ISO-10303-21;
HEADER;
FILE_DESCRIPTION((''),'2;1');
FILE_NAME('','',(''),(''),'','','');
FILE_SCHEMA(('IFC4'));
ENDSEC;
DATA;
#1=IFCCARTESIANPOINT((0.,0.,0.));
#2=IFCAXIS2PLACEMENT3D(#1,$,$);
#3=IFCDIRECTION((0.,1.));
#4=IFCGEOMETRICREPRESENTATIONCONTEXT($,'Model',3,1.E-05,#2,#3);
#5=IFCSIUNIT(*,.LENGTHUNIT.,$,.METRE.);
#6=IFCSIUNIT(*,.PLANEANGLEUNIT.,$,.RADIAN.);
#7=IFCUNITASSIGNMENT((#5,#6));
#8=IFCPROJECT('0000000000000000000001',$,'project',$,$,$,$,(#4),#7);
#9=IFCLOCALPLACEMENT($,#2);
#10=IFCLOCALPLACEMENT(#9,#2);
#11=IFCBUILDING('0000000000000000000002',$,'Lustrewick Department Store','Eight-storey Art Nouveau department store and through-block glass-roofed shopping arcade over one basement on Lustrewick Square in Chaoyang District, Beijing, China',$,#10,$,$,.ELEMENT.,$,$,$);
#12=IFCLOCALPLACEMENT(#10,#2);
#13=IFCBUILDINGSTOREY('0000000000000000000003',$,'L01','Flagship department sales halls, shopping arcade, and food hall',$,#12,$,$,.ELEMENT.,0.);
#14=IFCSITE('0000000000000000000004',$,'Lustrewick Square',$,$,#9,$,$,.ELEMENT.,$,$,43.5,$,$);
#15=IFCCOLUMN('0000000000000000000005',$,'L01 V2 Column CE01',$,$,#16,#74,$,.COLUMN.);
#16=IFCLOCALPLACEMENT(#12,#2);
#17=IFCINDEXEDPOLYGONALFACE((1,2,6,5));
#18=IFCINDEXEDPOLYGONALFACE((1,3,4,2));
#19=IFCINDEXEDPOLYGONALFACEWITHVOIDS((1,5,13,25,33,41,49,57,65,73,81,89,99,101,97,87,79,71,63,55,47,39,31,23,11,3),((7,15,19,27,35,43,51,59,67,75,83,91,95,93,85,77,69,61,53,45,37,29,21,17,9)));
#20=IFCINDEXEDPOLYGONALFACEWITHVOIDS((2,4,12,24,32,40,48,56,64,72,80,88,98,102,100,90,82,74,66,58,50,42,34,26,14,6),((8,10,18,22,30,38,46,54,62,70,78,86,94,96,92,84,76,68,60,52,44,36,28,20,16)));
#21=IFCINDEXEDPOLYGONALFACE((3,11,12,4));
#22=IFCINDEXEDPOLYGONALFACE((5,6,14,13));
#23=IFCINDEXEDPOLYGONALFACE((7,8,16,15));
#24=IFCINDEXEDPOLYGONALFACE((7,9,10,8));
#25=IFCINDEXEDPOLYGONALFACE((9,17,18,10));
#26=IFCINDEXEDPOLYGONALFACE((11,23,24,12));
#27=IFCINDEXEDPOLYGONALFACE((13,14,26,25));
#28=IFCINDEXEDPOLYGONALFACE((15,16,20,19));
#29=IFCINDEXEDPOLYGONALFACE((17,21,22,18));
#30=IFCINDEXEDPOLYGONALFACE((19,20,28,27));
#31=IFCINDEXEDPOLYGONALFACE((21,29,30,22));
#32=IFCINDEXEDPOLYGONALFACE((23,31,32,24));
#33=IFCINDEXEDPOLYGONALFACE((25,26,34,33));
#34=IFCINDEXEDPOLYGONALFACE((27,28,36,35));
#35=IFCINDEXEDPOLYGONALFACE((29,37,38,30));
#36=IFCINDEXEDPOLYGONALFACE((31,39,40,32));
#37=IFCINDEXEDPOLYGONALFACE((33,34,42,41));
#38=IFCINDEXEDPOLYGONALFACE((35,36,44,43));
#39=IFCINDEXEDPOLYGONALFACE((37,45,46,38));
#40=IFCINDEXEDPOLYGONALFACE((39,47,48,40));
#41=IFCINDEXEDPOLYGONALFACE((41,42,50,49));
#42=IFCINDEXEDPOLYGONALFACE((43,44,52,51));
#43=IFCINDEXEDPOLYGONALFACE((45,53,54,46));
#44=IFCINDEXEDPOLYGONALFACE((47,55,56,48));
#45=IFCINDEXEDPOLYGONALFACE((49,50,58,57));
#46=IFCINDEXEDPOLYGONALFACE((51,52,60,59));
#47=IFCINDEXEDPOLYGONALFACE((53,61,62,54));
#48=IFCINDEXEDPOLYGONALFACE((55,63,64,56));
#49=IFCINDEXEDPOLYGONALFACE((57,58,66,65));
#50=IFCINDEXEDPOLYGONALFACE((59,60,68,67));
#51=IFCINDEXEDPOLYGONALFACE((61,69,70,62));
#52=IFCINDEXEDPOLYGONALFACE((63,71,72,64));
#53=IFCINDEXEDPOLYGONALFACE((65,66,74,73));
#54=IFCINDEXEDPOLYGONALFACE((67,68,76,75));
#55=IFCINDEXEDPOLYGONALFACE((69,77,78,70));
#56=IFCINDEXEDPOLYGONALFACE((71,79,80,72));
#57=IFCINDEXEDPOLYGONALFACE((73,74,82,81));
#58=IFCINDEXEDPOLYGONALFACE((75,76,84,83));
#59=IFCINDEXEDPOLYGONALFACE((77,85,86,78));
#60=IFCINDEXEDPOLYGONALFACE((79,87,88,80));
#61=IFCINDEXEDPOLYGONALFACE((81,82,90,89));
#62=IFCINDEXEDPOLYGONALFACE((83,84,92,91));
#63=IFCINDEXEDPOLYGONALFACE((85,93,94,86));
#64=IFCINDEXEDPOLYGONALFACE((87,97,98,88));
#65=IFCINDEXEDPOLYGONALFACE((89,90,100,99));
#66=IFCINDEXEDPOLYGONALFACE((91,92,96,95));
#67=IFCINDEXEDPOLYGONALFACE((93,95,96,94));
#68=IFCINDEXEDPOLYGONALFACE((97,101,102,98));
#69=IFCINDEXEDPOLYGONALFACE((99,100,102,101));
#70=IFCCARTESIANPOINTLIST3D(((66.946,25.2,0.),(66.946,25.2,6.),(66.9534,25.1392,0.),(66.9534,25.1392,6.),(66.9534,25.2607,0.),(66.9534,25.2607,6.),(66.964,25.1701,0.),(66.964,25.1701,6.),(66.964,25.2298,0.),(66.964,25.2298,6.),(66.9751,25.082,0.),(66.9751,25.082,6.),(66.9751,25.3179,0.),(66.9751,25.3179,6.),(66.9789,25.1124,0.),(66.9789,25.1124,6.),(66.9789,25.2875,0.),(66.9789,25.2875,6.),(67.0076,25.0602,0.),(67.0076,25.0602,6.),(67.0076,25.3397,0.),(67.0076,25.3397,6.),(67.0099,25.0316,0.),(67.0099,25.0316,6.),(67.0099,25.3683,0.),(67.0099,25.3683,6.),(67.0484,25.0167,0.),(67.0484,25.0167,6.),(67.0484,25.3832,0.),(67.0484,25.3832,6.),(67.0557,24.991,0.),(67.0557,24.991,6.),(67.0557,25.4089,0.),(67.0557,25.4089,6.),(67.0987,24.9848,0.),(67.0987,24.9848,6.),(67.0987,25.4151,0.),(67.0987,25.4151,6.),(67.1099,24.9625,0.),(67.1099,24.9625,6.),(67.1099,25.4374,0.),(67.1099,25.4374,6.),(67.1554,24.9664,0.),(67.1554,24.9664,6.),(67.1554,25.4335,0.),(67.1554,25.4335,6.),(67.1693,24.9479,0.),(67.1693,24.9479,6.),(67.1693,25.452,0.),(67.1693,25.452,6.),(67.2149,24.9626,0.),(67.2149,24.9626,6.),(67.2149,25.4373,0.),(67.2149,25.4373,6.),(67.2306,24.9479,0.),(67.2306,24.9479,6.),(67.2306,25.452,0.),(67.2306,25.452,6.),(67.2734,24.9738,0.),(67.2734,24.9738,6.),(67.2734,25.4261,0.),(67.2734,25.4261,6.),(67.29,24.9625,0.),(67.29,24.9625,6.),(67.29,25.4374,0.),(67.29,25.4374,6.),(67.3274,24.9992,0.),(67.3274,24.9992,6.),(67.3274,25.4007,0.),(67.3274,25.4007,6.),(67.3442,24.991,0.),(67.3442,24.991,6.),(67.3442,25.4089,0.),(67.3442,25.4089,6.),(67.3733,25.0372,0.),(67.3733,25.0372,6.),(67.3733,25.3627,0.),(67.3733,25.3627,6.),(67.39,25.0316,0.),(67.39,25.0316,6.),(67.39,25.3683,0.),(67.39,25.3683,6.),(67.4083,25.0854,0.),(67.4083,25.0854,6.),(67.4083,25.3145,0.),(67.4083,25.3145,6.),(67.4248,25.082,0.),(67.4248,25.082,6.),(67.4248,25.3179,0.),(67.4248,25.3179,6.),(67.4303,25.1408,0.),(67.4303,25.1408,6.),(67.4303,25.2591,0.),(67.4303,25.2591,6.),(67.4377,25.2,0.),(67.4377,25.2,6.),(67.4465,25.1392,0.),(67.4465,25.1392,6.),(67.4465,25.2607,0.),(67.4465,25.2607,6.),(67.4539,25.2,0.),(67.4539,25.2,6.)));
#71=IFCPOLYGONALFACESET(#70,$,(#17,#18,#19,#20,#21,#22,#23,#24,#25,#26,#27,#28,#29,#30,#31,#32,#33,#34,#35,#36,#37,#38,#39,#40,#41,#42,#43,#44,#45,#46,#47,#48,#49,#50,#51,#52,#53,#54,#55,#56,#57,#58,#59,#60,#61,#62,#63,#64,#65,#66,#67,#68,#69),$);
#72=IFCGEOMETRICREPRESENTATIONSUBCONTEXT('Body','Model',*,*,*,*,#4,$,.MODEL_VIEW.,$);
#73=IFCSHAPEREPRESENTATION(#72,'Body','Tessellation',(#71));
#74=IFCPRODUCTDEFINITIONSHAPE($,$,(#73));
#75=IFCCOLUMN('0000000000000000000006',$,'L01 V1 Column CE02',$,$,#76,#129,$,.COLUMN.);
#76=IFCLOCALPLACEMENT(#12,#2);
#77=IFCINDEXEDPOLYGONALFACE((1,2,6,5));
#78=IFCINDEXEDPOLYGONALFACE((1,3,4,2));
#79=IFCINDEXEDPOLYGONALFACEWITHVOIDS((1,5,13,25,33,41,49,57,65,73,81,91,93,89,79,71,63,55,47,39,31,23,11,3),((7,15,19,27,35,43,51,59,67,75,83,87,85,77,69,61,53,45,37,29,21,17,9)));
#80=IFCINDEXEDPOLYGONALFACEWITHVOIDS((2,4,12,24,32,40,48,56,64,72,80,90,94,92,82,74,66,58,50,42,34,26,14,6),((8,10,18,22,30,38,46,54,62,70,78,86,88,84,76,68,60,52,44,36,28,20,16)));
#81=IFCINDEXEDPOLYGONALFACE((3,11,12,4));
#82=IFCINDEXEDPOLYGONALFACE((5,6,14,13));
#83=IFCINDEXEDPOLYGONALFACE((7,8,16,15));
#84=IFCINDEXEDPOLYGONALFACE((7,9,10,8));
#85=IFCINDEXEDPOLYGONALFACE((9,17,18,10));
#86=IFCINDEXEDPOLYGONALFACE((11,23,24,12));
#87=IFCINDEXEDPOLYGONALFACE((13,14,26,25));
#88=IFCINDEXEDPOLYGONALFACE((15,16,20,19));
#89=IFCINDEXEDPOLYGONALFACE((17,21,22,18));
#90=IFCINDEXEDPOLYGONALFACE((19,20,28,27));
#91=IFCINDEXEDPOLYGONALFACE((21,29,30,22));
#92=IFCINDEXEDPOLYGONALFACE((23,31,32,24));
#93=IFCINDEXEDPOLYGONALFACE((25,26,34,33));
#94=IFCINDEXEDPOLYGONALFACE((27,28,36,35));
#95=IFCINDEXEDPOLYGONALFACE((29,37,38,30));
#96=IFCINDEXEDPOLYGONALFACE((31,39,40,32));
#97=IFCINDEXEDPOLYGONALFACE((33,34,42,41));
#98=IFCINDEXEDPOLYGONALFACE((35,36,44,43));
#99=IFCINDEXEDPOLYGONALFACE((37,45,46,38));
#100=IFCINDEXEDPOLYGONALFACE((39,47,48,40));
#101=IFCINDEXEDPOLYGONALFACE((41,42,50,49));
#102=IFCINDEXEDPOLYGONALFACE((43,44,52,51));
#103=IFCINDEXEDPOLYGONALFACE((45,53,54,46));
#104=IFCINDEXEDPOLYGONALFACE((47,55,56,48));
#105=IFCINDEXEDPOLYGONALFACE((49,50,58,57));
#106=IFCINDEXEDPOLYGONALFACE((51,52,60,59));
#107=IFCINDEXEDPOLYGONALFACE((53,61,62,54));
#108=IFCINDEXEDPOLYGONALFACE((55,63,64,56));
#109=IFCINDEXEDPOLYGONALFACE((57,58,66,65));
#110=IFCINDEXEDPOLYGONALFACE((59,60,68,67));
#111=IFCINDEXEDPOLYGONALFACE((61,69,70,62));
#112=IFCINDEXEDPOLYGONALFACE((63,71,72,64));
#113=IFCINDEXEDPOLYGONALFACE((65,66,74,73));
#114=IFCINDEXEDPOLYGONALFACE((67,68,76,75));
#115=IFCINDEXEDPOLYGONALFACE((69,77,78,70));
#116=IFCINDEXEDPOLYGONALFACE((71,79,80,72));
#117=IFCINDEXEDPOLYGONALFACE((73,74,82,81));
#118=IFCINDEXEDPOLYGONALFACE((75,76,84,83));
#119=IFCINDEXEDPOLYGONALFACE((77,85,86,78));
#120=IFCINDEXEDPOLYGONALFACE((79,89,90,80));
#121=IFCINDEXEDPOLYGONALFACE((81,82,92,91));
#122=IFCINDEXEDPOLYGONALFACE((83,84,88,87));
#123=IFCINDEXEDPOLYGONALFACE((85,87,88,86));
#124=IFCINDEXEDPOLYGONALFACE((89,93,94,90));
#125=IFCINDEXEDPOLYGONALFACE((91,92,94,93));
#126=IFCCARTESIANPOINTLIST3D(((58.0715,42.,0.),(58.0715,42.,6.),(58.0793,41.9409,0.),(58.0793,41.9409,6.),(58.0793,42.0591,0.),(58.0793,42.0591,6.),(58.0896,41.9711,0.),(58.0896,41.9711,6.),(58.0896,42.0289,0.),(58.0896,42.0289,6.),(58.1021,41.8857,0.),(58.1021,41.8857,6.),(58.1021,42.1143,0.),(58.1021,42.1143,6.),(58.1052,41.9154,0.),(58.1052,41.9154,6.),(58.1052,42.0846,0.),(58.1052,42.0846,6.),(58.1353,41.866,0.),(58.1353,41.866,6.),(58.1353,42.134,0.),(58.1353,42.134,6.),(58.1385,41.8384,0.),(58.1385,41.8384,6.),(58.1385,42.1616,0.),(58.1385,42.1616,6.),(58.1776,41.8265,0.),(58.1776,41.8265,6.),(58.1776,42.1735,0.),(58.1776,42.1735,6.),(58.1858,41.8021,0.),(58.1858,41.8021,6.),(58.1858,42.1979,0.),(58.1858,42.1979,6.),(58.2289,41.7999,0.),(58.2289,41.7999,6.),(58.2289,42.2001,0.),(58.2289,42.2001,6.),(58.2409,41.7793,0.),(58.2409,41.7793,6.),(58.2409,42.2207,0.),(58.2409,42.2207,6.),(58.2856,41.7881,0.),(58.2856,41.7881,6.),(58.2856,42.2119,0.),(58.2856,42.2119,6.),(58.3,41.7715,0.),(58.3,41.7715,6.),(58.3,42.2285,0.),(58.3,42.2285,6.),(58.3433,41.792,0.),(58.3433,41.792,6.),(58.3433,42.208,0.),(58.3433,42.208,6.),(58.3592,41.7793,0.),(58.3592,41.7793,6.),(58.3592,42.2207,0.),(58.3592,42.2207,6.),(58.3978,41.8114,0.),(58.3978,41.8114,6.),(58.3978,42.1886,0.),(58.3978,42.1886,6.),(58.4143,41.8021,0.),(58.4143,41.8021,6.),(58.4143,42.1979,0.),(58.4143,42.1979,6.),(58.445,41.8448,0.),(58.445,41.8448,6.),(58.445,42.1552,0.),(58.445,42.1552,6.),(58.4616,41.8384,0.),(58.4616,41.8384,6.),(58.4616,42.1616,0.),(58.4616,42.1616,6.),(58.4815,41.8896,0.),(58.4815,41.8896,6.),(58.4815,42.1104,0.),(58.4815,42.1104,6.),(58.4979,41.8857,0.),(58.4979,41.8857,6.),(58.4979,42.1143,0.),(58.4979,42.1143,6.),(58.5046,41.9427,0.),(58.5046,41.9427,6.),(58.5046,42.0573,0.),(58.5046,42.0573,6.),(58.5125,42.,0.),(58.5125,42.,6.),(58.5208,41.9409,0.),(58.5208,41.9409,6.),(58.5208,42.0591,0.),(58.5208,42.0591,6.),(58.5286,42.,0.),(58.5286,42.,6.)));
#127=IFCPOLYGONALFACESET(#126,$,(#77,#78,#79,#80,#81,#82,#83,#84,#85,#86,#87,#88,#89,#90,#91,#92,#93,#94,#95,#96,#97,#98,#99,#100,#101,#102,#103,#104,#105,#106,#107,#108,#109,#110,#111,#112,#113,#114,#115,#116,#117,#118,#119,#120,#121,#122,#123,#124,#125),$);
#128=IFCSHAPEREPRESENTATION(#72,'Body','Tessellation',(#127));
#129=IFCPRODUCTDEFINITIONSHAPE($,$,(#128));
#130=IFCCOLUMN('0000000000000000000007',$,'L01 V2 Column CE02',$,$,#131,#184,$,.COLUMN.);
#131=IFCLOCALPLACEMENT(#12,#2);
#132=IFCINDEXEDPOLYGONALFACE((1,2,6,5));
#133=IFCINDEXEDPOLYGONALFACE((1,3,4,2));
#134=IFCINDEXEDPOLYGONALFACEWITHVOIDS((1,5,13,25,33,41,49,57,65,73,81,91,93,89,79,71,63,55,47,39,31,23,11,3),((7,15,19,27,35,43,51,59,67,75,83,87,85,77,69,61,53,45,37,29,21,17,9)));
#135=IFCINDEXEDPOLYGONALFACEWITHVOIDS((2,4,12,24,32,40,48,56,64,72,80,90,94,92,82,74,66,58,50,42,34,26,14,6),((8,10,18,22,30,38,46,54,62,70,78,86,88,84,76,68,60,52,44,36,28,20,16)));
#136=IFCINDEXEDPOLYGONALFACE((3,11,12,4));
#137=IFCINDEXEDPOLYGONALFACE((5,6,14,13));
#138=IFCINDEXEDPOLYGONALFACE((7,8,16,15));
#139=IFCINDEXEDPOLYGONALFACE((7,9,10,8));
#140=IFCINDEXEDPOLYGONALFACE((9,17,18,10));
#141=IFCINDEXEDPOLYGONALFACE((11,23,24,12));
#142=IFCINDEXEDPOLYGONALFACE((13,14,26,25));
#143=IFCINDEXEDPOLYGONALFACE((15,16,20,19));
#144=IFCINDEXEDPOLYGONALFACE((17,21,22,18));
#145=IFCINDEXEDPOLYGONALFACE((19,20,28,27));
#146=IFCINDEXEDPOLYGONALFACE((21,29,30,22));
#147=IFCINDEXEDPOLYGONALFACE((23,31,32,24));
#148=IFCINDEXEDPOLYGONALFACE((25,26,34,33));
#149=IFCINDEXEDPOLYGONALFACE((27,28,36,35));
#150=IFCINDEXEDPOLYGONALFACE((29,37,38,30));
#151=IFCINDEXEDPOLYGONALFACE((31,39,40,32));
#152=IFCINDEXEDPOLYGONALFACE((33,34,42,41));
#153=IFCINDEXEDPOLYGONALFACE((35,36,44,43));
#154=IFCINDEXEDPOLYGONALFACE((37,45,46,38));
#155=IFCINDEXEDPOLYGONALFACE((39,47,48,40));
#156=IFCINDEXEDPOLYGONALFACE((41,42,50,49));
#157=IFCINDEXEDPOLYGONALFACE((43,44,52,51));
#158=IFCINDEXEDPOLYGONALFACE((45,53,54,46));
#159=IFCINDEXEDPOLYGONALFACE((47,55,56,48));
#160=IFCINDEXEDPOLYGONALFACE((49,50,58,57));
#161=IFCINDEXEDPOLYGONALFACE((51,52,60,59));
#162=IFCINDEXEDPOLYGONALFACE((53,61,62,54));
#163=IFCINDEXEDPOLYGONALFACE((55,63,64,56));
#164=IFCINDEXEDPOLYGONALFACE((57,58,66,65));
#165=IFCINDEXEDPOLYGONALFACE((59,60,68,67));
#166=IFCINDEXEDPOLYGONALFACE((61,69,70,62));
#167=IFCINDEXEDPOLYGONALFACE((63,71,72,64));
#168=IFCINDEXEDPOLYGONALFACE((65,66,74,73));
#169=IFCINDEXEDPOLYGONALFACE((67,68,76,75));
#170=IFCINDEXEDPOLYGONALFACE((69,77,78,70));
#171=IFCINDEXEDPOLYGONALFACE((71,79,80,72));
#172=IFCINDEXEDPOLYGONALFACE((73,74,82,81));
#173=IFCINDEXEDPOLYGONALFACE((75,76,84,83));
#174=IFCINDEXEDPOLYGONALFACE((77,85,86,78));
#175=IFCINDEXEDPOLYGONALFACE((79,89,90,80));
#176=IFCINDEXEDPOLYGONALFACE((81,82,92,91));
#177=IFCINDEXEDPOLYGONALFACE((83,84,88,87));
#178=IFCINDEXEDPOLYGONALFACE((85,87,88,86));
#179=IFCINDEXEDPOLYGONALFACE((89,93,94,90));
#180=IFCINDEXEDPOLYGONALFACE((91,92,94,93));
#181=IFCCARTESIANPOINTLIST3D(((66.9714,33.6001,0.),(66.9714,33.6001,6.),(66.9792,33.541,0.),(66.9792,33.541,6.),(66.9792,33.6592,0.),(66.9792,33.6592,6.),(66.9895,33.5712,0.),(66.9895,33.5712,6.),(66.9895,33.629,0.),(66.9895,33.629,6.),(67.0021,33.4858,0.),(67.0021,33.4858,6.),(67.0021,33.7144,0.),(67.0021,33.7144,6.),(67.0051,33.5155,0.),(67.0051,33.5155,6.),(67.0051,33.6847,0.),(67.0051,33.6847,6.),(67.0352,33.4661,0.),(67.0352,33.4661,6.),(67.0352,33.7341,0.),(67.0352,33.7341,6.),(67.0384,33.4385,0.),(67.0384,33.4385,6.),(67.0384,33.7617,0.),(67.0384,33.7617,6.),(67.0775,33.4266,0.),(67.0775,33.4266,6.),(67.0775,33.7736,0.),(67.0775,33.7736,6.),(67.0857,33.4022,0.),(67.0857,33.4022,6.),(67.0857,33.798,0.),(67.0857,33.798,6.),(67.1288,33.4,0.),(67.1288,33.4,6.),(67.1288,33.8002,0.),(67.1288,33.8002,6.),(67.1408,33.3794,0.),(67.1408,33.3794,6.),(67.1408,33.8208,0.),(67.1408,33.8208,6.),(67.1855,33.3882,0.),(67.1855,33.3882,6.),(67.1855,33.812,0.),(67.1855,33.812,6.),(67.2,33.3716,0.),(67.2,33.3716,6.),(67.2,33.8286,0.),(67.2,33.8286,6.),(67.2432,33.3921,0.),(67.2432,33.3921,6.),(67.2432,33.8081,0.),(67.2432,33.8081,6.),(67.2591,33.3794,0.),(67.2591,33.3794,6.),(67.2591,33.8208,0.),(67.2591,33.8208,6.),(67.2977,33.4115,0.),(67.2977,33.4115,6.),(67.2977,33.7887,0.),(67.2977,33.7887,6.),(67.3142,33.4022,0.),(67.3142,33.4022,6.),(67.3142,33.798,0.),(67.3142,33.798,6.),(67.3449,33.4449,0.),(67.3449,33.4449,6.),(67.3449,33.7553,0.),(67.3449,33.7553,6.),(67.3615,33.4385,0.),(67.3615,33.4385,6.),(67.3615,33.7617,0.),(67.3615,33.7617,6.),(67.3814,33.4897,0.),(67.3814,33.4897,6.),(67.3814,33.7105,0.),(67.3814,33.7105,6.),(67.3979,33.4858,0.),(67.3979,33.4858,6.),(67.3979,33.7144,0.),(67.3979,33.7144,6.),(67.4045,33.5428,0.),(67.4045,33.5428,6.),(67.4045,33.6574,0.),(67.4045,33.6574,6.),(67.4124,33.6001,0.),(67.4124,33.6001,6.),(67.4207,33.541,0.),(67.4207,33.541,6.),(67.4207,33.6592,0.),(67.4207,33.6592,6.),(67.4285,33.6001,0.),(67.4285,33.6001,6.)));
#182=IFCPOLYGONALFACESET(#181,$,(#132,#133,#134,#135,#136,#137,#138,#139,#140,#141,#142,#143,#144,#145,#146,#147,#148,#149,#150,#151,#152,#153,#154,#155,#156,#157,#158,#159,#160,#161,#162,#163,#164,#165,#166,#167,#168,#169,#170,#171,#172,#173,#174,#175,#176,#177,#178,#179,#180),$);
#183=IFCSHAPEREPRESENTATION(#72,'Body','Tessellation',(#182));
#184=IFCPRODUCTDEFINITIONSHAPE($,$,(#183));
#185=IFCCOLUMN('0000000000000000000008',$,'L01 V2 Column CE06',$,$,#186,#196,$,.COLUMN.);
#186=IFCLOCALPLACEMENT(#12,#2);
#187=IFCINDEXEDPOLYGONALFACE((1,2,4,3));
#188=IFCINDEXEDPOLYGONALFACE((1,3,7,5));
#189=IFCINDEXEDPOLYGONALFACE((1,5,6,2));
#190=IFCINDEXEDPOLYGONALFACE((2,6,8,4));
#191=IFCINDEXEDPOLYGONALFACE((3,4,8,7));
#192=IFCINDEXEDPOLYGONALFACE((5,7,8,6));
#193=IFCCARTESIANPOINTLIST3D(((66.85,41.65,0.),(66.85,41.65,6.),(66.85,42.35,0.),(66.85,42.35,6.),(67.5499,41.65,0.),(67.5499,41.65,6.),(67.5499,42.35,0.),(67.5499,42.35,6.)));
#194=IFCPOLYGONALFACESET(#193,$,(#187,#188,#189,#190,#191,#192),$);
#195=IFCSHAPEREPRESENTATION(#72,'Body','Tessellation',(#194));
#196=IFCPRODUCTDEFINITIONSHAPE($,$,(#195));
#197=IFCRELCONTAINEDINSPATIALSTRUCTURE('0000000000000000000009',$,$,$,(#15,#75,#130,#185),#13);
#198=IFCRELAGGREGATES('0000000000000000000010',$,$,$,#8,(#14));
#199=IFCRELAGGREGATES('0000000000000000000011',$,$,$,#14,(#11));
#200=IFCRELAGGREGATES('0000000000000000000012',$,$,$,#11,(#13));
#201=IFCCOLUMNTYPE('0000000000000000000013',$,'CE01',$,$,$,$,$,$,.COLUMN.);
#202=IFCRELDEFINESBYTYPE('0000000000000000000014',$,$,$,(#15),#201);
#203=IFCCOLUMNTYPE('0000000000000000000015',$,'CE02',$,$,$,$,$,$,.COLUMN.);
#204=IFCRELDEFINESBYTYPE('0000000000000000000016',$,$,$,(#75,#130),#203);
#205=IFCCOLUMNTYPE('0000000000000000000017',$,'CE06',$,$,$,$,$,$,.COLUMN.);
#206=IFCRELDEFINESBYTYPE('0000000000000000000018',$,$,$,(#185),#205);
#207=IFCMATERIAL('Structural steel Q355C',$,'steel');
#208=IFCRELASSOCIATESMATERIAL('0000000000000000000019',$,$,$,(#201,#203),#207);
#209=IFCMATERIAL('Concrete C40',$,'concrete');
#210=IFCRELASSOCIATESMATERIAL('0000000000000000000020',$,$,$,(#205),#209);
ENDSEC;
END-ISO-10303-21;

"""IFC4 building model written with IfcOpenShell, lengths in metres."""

from ifc_helpers import new_model, si_unit, direction, frame, origin, origin_2d, place, context, subcontext, project, spatial, rectangle, hollow_circle, extrude, material, material_profile, profile_set, type_object, element, save


model = new_model("IFC4")

# Units and contexts
model_context = context("Model", 3, precision=1e-05, world=origin(), true_north=direction((0.0, 1.0)))
body_context = subcontext(model_context, "Body", "Model", "MODEL_VIEW")
ifc_project = project(units=[si_unit("LENGTHUNIT", "METRE"), si_unit("PLANEANGLEUNIT", "RADIAN")], contexts=[model_context])

# Site, building, storey
site_placement = place(None, origin())
site = spatial("IfcSite", under=ifc_project, at=site_placement, Name="Lustrewick Square", CompositionType="ELEMENT", RefElevation=43.5)
building_placement = place(site_placement, origin())
building = spatial("IfcBuilding", under=site, at=building_placement, Name="Lustrewick Department Store", Description="Eight-storey Art Nouveau department store and through-block glass-roofed shopping arcade over one basement on Lustrewick Square in Chaoyang District, Beijing, China", CompositionType="ELEMENT")
storey_placement = place(building_placement, origin())
storey = spatial("IfcBuildingStorey", under=building, at=storey_placement, Name="L01", Description="Flagship department sales halls, shopping arcade, and food hall", CompositionType="ELEMENT", Elevation=0.0)

# Columns
ifc_material_1 = material(Name="Structural steel Q355C", Category="steel")
ifc_material_profile_1 = material_profile(ifc_material_1, hollow_circle(Radius=0.2539, WallThickness=0.0161, at=origin_2d()), Name="CHS 508x16")
ifc_profile_set_1 = profile_set([ifc_material_profile_1], Name="Structural steel Q355C")
column_type_1 = type_object("IfcColumnType", Name="CE01", PredefinedType="COLUMN", material=ifc_profile_set_1)
column_1_placement = place(storey_placement, frame((67.2, 25.2, 0.0), z_axis=(0.0, 0.0, 1.0), x_axis=(1.0, 0.0, 0.0)))
element("IfcColumn", 1, at=column_1_placement, inside=storey, type_object=column_type_1, Name="L01 V2 Column CE01", PredefinedType="COLUMN", context=body_context, shape_type="SweptSolid", body=[
    extrude(hollow_circle(Radius=0.2539, WallThickness=0.0161, at=origin_2d()), origin(), (0.0, 0.0, 1.0), 6.0),
])
ifc_material_profile_2 = material_profile(ifc_material_1, hollow_circle(Radius=0.2285, WallThickness=0.0161, at=origin_2d()), Name="CHS 457x16")
ifc_profile_set_2 = profile_set([ifc_material_profile_2], Name="Structural steel Q355C")
column_type_2 = type_object("IfcColumnType", Name="CE02", PredefinedType="COLUMN", material=ifc_profile_set_2)
for number, where, z_axis, x_axis, name in (
    (2, (58.3, 42.0, 0.0), (0.0, 0.0, 1.0), (1.0, 0.0, 0.0), "L01 V1 Column CE02"),
    (3, (67.2, 33.6001, 0.0), (0.0, 0.0, 1.0), (1.0, 0.0, 0.0), "L01 V2 Column CE02"),
):
    element("IfcColumn", number, at=place(storey_placement, frame(where, z_axis=z_axis, x_axis=x_axis)), inside=storey, type_object=column_type_2, Name=name, PredefinedType="COLUMN", context=body_context, shape_type="SweptSolid", body=[
        extrude(hollow_circle(Radius=0.2285, WallThickness=0.0161, at=origin_2d()), origin(), (0.0, 0.0, 1.0), 6.0),
    ])
ifc_material_2 = material(Name="Concrete C40", Category="concrete")
ifc_material_profile_3 = material_profile(ifc_material_2, rectangle(XDim=0.7, YDim=0.7, at=origin_2d()), Name="RC 700x700")
ifc_profile_set_3 = profile_set([ifc_material_profile_3], Name="Concrete C40")
column_type_3 = type_object("IfcColumnType", Name="CE06", PredefinedType="COLUMN", material=ifc_profile_set_3)
column_2_placement = place(storey_placement, frame((67.2, 42.0, 0.0), z_axis=(0.0, 0.0, 1.0), x_axis=(1.0, 0.0, 0.0)))
element("IfcColumn", 4, at=column_2_placement, inside=storey, type_object=column_type_3, Name="L01 V2 Column CE06", PredefinedType="COLUMN", context=body_context, shape_type="SweptSolid", body=[
    extrude(rectangle(XDim=0.7, YDim=0.7, at=origin_2d()), origin(), (0.0, 0.0, 1.0), 6.0),
])

save(model, "model.ifc")
